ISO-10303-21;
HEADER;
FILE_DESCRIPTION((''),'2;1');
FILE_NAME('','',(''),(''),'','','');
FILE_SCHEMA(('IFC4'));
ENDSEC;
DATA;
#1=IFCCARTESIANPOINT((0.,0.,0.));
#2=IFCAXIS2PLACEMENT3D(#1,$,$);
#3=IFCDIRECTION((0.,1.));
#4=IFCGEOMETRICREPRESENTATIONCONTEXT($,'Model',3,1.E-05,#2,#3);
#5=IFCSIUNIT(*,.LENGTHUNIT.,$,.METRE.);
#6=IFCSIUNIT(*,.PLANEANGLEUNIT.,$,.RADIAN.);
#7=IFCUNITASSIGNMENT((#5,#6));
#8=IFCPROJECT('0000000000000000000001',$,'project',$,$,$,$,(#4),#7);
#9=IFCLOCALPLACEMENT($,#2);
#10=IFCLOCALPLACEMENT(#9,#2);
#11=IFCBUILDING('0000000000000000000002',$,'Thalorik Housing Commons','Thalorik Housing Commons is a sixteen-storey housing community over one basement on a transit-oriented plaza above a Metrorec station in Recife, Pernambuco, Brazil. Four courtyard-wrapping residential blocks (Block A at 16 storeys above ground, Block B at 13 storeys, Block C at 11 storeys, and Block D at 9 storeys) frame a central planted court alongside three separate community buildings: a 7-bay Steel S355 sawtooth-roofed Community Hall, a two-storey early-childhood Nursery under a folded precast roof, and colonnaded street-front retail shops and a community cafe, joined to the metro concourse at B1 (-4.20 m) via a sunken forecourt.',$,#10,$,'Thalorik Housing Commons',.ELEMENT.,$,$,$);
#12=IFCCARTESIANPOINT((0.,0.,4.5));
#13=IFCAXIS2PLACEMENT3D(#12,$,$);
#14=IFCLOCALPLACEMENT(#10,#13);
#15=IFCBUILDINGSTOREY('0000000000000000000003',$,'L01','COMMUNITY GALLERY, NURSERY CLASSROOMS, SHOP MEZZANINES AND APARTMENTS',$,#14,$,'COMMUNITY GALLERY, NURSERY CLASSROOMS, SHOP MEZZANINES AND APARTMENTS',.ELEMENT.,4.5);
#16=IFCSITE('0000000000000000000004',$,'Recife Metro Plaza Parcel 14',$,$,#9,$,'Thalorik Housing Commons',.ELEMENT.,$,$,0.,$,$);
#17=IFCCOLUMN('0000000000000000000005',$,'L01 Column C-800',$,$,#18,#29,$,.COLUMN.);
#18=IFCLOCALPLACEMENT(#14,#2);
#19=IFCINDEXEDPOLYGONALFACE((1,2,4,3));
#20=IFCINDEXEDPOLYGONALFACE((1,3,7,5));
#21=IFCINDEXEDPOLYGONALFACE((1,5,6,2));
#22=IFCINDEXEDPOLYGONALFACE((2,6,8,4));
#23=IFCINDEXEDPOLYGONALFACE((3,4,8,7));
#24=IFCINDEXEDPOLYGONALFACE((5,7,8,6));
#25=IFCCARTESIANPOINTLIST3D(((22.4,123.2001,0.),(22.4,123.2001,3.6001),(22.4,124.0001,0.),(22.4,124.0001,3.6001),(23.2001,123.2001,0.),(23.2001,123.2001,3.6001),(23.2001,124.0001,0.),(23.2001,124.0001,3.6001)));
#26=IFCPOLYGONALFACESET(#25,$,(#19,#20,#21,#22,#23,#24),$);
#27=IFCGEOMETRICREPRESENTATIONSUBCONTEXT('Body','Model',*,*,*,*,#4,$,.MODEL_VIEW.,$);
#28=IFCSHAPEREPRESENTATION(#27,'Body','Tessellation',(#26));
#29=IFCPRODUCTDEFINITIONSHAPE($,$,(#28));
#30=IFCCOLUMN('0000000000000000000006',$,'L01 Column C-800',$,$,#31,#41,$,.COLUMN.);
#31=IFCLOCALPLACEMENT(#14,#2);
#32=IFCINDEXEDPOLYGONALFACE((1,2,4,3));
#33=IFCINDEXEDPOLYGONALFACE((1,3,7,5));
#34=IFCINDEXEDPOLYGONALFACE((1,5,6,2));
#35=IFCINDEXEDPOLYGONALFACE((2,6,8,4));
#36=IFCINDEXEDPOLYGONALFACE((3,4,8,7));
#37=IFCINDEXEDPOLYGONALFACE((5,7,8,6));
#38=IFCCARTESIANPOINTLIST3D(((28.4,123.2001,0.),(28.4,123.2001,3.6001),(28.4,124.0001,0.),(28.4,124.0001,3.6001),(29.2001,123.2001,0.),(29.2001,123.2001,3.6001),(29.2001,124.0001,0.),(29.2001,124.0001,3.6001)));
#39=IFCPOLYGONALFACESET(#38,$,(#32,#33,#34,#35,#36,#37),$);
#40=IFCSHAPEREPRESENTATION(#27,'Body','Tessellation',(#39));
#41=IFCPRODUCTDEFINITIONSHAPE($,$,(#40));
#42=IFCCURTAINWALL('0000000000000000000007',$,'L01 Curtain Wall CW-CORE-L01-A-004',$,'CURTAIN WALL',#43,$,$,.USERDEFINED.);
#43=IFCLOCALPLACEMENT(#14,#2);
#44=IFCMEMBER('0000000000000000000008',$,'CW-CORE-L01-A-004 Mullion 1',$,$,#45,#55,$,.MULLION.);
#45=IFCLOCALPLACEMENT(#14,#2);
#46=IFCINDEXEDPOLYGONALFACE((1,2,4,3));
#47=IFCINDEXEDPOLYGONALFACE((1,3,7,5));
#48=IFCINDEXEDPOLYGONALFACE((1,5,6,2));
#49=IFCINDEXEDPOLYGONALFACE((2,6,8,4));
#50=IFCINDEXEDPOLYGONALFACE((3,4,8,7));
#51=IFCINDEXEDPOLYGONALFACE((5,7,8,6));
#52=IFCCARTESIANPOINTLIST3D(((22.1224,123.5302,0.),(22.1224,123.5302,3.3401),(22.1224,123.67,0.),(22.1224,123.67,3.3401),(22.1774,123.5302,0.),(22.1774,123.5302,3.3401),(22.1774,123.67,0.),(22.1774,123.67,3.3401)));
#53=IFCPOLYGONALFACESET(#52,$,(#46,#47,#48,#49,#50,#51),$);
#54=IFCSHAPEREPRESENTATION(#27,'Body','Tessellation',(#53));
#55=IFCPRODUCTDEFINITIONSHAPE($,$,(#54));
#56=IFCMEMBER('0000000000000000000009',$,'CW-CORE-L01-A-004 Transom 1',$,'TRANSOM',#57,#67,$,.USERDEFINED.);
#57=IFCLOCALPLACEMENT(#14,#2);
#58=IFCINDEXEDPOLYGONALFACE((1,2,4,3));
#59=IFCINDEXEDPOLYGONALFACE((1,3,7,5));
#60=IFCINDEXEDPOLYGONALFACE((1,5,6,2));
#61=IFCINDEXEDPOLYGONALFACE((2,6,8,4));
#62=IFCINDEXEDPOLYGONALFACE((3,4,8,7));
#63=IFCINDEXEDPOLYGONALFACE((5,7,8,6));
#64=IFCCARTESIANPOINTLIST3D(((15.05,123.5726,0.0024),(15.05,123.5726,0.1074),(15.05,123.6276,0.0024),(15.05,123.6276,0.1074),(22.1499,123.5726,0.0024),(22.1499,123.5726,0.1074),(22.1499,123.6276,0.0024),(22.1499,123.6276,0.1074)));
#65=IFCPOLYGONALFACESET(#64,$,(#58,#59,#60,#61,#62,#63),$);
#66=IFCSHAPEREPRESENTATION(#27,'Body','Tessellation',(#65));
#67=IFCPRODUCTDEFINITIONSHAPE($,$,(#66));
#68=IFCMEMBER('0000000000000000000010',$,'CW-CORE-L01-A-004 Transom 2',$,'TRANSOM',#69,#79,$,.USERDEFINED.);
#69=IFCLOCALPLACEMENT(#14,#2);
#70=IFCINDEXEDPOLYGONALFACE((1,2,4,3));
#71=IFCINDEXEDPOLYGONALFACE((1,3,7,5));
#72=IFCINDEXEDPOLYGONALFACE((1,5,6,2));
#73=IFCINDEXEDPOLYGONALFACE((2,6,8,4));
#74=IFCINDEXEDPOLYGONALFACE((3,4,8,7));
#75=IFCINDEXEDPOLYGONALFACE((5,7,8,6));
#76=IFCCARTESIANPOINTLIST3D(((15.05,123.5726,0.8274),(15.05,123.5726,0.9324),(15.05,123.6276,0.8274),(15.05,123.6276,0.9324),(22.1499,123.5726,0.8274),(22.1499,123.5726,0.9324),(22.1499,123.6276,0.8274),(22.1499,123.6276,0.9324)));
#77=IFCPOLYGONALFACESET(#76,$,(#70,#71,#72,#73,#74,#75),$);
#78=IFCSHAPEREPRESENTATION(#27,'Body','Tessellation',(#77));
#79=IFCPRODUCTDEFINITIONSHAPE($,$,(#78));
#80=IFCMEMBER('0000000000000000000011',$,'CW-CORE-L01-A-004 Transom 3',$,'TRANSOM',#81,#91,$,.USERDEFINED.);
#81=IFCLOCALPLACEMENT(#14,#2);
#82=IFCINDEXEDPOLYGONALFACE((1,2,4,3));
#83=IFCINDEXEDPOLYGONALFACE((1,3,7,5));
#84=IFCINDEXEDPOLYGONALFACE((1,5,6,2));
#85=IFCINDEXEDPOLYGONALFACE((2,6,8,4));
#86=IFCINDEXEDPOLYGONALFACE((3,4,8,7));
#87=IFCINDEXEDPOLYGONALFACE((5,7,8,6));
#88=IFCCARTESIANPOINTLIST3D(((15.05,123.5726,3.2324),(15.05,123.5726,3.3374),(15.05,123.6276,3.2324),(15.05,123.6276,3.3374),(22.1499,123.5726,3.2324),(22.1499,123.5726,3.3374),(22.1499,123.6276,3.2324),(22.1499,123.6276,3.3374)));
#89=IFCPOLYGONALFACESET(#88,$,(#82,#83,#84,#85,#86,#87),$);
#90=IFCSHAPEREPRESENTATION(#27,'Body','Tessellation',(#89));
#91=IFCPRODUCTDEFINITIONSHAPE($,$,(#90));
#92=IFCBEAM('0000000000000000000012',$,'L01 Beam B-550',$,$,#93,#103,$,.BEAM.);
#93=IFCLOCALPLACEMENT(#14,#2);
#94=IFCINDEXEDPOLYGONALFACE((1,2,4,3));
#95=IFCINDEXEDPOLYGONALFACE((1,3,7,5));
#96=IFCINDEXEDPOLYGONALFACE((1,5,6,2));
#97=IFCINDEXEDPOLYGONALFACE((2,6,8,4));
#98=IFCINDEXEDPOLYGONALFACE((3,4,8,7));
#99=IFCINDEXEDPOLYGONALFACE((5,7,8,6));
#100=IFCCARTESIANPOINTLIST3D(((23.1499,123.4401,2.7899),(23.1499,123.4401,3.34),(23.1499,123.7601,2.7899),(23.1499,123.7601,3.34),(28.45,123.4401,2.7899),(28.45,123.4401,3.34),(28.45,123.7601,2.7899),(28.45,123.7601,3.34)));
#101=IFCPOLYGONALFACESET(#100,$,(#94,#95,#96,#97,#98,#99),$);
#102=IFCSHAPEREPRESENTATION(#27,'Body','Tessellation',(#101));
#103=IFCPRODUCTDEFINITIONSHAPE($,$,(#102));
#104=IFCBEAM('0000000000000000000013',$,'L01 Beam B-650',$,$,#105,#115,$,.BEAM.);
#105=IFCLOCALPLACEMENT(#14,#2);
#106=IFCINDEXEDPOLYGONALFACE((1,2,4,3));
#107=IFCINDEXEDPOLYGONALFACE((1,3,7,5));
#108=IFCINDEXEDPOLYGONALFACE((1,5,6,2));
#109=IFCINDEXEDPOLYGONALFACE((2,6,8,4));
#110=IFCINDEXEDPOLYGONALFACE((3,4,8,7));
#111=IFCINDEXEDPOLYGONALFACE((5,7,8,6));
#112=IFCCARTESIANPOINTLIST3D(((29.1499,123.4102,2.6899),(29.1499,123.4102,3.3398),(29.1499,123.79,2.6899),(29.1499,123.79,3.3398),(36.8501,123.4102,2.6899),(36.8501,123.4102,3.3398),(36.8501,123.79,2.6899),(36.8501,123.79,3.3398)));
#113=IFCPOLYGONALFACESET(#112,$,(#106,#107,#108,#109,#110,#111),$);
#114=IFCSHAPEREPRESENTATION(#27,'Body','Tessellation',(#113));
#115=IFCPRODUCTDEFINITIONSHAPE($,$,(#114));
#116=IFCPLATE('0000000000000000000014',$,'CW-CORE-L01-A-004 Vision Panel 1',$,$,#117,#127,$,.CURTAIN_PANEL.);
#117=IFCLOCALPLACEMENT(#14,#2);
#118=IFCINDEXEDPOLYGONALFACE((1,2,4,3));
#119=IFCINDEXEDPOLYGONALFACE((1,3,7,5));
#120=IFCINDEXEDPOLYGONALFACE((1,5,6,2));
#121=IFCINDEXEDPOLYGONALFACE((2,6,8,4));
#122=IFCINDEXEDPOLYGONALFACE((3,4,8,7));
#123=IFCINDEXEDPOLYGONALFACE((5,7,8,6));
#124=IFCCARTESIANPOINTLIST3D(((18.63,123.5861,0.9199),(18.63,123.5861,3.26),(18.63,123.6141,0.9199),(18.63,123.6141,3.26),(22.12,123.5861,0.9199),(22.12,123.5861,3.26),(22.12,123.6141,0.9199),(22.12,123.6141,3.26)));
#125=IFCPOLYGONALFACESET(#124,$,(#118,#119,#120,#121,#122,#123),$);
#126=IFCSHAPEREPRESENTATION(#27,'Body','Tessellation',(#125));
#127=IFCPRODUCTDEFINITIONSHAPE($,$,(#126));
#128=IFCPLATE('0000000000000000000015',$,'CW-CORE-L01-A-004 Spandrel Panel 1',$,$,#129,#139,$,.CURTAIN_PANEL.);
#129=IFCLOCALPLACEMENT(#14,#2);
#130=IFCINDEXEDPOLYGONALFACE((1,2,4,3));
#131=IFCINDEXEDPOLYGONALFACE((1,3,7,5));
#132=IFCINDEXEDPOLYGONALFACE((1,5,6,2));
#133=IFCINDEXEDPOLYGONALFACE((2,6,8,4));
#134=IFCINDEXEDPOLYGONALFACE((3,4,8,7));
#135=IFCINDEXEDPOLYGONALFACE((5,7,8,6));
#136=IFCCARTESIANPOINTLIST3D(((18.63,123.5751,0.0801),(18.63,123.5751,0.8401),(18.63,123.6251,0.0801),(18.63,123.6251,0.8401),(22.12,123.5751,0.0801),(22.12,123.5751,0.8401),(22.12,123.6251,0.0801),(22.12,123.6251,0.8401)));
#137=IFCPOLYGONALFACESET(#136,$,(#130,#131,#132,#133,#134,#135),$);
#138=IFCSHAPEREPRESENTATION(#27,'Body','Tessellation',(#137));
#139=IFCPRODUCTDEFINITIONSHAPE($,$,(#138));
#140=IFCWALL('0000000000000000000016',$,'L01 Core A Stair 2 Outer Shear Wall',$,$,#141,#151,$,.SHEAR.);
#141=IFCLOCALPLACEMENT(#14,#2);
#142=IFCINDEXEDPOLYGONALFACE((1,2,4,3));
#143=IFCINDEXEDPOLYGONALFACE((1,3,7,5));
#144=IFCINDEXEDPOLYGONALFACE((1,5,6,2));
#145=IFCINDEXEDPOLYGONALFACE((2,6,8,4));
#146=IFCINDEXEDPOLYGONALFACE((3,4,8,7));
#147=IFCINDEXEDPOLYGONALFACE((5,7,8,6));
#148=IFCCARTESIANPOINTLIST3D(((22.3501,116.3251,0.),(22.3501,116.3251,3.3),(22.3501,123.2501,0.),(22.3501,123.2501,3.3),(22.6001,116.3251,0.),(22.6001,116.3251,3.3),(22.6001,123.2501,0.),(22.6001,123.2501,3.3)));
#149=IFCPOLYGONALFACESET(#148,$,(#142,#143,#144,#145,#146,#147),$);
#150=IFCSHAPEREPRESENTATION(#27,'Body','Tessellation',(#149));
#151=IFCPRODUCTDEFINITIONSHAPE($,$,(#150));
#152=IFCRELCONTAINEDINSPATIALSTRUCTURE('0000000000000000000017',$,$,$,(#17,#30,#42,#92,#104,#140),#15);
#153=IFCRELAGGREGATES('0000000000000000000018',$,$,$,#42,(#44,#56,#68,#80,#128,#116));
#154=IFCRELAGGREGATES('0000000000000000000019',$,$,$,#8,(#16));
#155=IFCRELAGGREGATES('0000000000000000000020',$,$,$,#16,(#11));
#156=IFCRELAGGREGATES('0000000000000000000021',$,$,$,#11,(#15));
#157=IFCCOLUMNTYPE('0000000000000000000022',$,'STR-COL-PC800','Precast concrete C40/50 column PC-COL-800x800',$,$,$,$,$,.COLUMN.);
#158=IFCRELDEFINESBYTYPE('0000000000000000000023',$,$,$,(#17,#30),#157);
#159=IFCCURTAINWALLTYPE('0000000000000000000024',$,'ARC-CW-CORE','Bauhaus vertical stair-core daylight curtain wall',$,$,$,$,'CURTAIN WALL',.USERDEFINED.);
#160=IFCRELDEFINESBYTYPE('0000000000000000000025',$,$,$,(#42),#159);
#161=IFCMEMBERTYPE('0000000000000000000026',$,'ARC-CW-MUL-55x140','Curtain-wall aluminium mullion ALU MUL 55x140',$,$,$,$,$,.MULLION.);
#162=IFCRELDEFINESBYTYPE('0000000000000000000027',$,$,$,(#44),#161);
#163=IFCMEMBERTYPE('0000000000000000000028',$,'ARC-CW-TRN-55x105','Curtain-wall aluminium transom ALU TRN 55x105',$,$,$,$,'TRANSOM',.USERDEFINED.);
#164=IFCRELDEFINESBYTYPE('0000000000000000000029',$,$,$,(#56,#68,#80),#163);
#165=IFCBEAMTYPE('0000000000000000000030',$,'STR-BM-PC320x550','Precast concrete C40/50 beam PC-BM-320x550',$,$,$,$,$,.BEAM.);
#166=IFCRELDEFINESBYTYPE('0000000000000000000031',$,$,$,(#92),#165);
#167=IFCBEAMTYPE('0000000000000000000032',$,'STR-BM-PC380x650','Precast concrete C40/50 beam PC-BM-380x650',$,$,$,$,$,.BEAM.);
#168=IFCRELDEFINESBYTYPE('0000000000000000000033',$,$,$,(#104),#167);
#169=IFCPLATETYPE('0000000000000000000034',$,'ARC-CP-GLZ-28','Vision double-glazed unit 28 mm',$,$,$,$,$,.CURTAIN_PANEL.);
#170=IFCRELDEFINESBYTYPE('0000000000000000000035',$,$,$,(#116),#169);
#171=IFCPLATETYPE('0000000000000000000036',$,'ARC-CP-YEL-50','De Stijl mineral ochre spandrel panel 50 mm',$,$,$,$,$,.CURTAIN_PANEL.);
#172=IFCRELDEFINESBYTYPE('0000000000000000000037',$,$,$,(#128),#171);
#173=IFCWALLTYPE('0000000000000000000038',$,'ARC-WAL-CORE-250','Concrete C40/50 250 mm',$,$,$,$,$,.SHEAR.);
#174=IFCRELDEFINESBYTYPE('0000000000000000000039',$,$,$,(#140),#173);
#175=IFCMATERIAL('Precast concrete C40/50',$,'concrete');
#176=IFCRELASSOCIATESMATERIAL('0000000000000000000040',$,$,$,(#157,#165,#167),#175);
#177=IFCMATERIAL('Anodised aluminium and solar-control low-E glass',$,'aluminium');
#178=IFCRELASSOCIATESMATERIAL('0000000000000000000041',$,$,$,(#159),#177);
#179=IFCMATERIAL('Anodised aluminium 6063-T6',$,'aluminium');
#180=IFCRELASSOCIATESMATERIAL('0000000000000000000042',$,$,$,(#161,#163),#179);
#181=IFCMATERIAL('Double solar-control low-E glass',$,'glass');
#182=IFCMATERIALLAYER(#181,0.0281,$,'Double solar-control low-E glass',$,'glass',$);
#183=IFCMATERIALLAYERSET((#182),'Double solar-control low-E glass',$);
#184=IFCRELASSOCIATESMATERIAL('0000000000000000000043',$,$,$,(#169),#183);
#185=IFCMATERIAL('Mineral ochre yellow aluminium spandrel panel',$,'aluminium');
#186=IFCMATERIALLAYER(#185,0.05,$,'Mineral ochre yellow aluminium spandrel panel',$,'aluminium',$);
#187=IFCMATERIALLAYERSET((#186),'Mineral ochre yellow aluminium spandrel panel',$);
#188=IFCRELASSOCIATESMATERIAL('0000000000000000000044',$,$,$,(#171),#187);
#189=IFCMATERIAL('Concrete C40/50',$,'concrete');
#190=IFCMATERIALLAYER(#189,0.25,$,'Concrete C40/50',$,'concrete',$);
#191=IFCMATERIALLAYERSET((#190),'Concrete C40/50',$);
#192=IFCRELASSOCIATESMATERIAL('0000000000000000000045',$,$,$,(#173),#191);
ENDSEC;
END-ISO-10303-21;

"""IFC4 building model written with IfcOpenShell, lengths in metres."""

from ifc_helpers import new_model, si_unit, direction, frame, frame_2d, origin, origin_2d, place, context, subcontext, project, spatial, rectangle, extrude, material, layer, layer_set, material_profile, profile_set, type_object, element, aggregate, save


model = new_model("IFC4")

# Units and contexts
model_context = context("Model", 3, precision=1e-05, world=origin(), true_north=direction((0.0, 1.0)))
body_context = subcontext(model_context, "Body", "Model", "MODEL_VIEW")
ifc_project = project(units=[si_unit("LENGTHUNIT", "METRE"), si_unit("PLANEANGLEUNIT", "RADIAN")], contexts=[model_context])

# Site, building, storey
site_placement = place(None, origin())
site = spatial("IfcSite", under=ifc_project, at=site_placement, Name="Recife Metro Plaza Parcel 14", LongName="Thalorik Housing Commons", CompositionType="ELEMENT", RefElevation=0.0)
building_placement = place(site_placement, origin())
building = spatial("IfcBuilding", under=site, at=building_placement, Name="Thalorik Housing Commons", Description="Thalorik Housing Commons is a sixteen-storey housing community over one basement on a transit-oriented plaza above a Metrorec station in Recife, Pernambuco, Brazil. Four courtyard-wrapping residential blocks (Block A at 16 storeys above ground, Block B at 13 storeys, Block C at 11 storeys, and Block D at 9 storeys) frame a central planted court alongside three separate community buildings: a 7-bay Steel S355 sawtooth-roofed Community Hall, a two-storey early-childhood Nursery under a folded precast roof, and colonnaded street-front retail shops and a community cafe, joined to the metro concourse at B1 (-4.20 m) via a sunken forecourt.", LongName="Thalorik Housing Commons", CompositionType="ELEMENT")
storey_placement = place(building_placement, frame((0.0, 0.0, 4.5)))
storey = spatial("IfcBuildingStorey", under=building, at=storey_placement, Name="L01", Description="COMMUNITY GALLERY, NURSERY CLASSROOMS, SHOP MEZZANINES AND APARTMENTS", LongName="COMMUNITY GALLERY, NURSERY CLASSROOMS, SHOP MEZZANINES AND APARTMENTS", CompositionType="ELEMENT", Elevation=4.5)

# Columns
ifc_material_1 = material(Name="Precast concrete C40/50", Category="concrete")
ifc_material_profile_1 = material_profile(ifc_material_1, rectangle(XDim=0.8, YDim=0.8, at=origin_2d()), Name="PC 800x800", Category="concrete")
ifc_profile_set_1 = profile_set([ifc_material_profile_1], Name="Precast concrete C40/50")
column_type = type_object("IfcColumnType", Name="STR-COL-PC800", Description="Precast concrete C40/50 column PC-COL-800x800", PredefinedType="COLUMN", material=ifc_profile_set_1)
for number, where, z_axis, x_axis, name in (
    (1, (22.8, 123.6001, 0.0), (0.0, 0.0, 1.0), (1.0, 0.0, 0.0), "L01 Column C-800"),
    (2, (28.8, 123.6001, 0.0), (0.0, 0.0, 1.0), (1.0, 0.0, 0.0), "L01 Column C-800"),
):
    element("IfcColumn", number, at=place(storey_placement, frame(where, z_axis=z_axis, x_axis=x_axis)), inside=storey, type_object=column_type, Name=name, PredefinedType="COLUMN", context=body_context, shape_type="SweptSolid", body=[
        extrude(rectangle(XDim=0.8, YDim=0.8, at=origin_2d()), origin(), (0.0, 0.0, 1.0), 3.6001),
    ])

# Curtain wall, members
ifc_material_2 = material(Name="Anodised aluminium and solar-control low-E glass", Category="aluminium")
curtain_wall_type = type_object("IfcCurtainWallType", Name="ARC-CW-CORE", Description="Bauhaus vertical stair-core daylight curtain wall", ElementType="CURTAIN WALL", PredefinedType="USERDEFINED", material=ifc_material_2)
curtain_wall_placement = place(storey_placement, origin())
curtain_wall = element("IfcCurtainWall", 3, at=curtain_wall_placement, inside=storey, type_object=curtain_wall_type, Name="L01 Curtain Wall CW-CORE-L01-A-004", ObjectType="CURTAIN WALL", PredefinedType="USERDEFINED")
ifc_material_3 = material(Name="Anodised aluminium 6063-T6", Category="aluminium")
ifc_material_profile_2 = material_profile(ifc_material_3, rectangle(XDim=0.0549, YDim=0.1399, at=origin_2d()), Name="ALU MUL 55x140", Category="aluminium")
ifc_profile_set_2 = profile_set([ifc_material_profile_2], Name="Anodised aluminium 6063-T6")
member_type_1 = type_object("IfcMemberType", Name="ARC-CW-MUL-55x140", Description="Curtain-wall aluminium mullion ALU MUL 55x140", PredefinedType="MULLION", material=ifc_profile_set_2)
member_1_placement = place(storey_placement, frame((22.1499, 123.6001, 0.0), z_axis=(0.0, 0.0, 1.0), x_axis=(-1.0, 0.0, 0.0)))
member_1 = element("IfcMember", 4, at=member_1_placement, type_object=member_type_1, Name="CW-CORE-L01-A-004 Mullion 1", PredefinedType="MULLION", context=body_context, shape_type="SweptSolid", body=[
    extrude(rectangle(XDim=0.0549, YDim=0.1399, at=origin_2d()), origin(), (0.0, 0.0, 1.0), 3.3401),
])
ifc_material_profile_3 = material_profile(ifc_material_3, rectangle(XDim=0.0549, YDim=0.105, at=origin_2d()), Name="ALU TRN 55x105", Category="aluminium")
ifc_profile_set_3 = profile_set([ifc_material_profile_3], Name="Anodised aluminium 6063-T6")
member_type_2 = type_object("IfcMemberType", Name="ARC-CW-TRN-55x105", Description="Curtain-wall aluminium transom ALU TRN 55x105", ElementType="TRANSOM", PredefinedType="USERDEFINED", material=ifc_profile_set_3)
member_2_placement = place(storey_placement, frame((22.1499, 123.6001, 0.0549), z_axis=(-1.0, 0.0, 0.0), x_axis=(0.0, -1.0, 0.0)))
member_2 = element("IfcMember", 5, at=member_2_placement, type_object=member_type_2, Name="CW-CORE-L01-A-004 Transom 1", ObjectType="TRANSOM", PredefinedType="USERDEFINED", context=body_context, shape_type="SweptSolid", body=[
    extrude(rectangle(XDim=0.0549, YDim=0.105, at=origin_2d()), origin(), (0.0, 0.0, 1.0), 7.0999),
])
member_3_placement = place(storey_placement, frame((22.1499, 123.6001, 0.8799), z_axis=(-1.0, 0.0, 0.0), x_axis=(0.0, -1.0, 0.0)))
member_3 = element("IfcMember", 6, at=member_3_placement, type_object=member_type_2, Name="CW-CORE-L01-A-004 Transom 2", ObjectType="TRANSOM", PredefinedType="USERDEFINED", context=body_context, shape_type="SweptSolid", body=[
    extrude(rectangle(XDim=0.0549, YDim=0.105, at=origin_2d()), origin(), (0.0, 0.0, 1.0), 7.0999),
])
member_4_placement = place(storey_placement, frame((22.1499, 123.6001, 3.2849), z_axis=(-1.0, 0.0, 0.0), x_axis=(0.0, -1.0, 0.0)))
member_4 = element("IfcMember", 7, at=member_4_placement, type_object=member_type_2, Name="CW-CORE-L01-A-004 Transom 3", ObjectType="TRANSOM", PredefinedType="USERDEFINED", context=body_context, shape_type="SweptSolid", body=[
    extrude(rectangle(XDim=0.0549, YDim=0.105, at=origin_2d()), origin(), (0.0, 0.0, 1.0), 7.0999),
])

# Beams
ifc_material_profile_4 = material_profile(ifc_material_1, rectangle(XDim=0.3201, YDim=0.55, at=origin_2d()), Name="PC 320x550", Category="concrete")
ifc_profile_set_4 = profile_set([ifc_material_profile_4], Name="Precast concrete C40/50")
beam_type_1 = type_object("IfcBeamType", Name="STR-BM-PC320x550", Description="Precast concrete C40/50 beam PC-BM-320x550", PredefinedType="BEAM", material=ifc_profile_set_4)
beam_1_placement = place(storey_placement, frame((23.1499, 123.6001, 3.0649), z_axis=(1.0, 0.0, 0.0), x_axis=(0.0, 1.0, 0.0)))
element("IfcBeam", 8, at=beam_1_placement, inside=storey, type_object=beam_type_1, Name="L01 Beam B-550", PredefinedType="BEAM", context=body_context, shape_type="SweptSolid", body=[
    extrude(rectangle(XDim=0.3201, YDim=0.55, at=origin_2d()), origin(), (0.0, 0.0, 1.0), 5.3),
])
ifc_material_profile_5 = material_profile(ifc_material_1, rectangle(XDim=0.3799, YDim=0.6499, at=origin_2d()), Name="PC 380x650", Category="concrete")
ifc_profile_set_5 = profile_set([ifc_material_profile_5], Name="Precast concrete C40/50")
beam_type_2 = type_object("IfcBeamType", Name="STR-BM-PC380x650", Description="Precast concrete C40/50 beam PC-BM-380x650", PredefinedType="BEAM", material=ifc_profile_set_5)
beam_2_placement = place(storey_placement, frame((29.1499, 123.6001, 3.0149), z_axis=(1.0, 0.0, 0.0), x_axis=(0.0, 1.0, 0.0)))
element("IfcBeam", 9, at=beam_2_placement, inside=storey, type_object=beam_type_2, Name="L01 Beam B-650", PredefinedType="BEAM", context=body_context, shape_type="SweptSolid", body=[
    extrude(rectangle(XDim=0.3799, YDim=0.6499, at=origin_2d()), origin(), (0.0, 0.0, 1.0), 7.7002),
])

# Plates
ifc_material_4 = material(Name="Double solar-control low-E glass", Category="glass")
ifc_layer_1 = layer(ifc_material_4, 0.0281, Name="Double solar-control low-E glass", Category="glass")
ifc_layer_set_1 = layer_set([ifc_layer_1], Name="Double solar-control low-E glass")
plate_type_1 = type_object("IfcPlateType", Name="ARC-CP-GLZ-28", Description="Vision double-glazed unit 28 mm", PredefinedType="CURTAIN_PANEL", material=ifc_layer_set_1)
plate_1_placement = place(storey_placement, frame((20.375, 123.6001, 0.9199), z_axis=(0.0, 0.0, 1.0), x_axis=(-1.0, 0.0, 0.0)))
plate_1 = element("IfcPlate", 10, at=plate_1_placement, type_object=plate_type_1, Name="CW-CORE-L01-A-004 Vision Panel 1", PredefinedType="CURTAIN_PANEL", context=body_context, shape_type="SweptSolid", body=[
    extrude(rectangle(XDim=3.49, YDim=0.0281, at=origin_2d()), origin(), (0.0, 0.0, 1.0), 2.3401),
])
ifc_material_5 = material(Name="Mineral ochre yellow aluminium spandrel panel", Category="aluminium")
ifc_layer_2 = layer(ifc_material_5, 0.05, Name="Mineral ochre yellow aluminium spandrel panel", Category="aluminium")
ifc_layer_set_2 = layer_set([ifc_layer_2], Name="Mineral ochre yellow aluminium spandrel panel")
plate_type_2 = type_object("IfcPlateType", Name="ARC-CP-YEL-50", Description="De Stijl mineral ochre spandrel panel 50 mm", PredefinedType="CURTAIN_PANEL", material=ifc_layer_set_2)
plate_2_placement = place(storey_placement, frame((20.375, 123.6001, 0.0801), z_axis=(0.0, 0.0, 1.0), x_axis=(-1.0, 0.0, 0.0)))
plate_2 = element("IfcPlate", 11, at=plate_2_placement, type_object=plate_type_2, Name="CW-CORE-L01-A-004 Spandrel Panel 1", PredefinedType="CURTAIN_PANEL", context=body_context, shape_type="SweptSolid", body=[
    extrude(rectangle(XDim=3.49, YDim=0.05, at=origin_2d()), origin(), (0.0, 0.0, 1.0), 0.76),
])
aggregate(curtain_wall, [member_1, member_2, member_3, member_4, plate_2, plate_1])

# Wall
ifc_material_6 = material(Name="Concrete C40/50", Category="concrete")
ifc_layer_3 = layer(ifc_material_6, 0.25, Name="Concrete C40/50", Category="concrete")
ifc_layer_set_3 = layer_set([ifc_layer_3], Name="Concrete C40/50")
wall_type_1 = type_object("IfcWallType", Name="ARC-WAL-CORE-250", Description="Concrete C40/50 250 mm", PredefinedType="SHEAR", material=ifc_layer_set_3)
wall_1_placement = place(storey_placement, frame((22.4751, 123.25, 0.0), z_axis=(0.0, 0.0, 1.0), x_axis=(0.0, -1.0, 0.0)))
element("IfcWall", 12, at=wall_1_placement, inside=storey, type_object=wall_type_1, Name="L01 Core A Stair 2 Outer Shear Wall", PredefinedType="SHEAR", context=body_context, shape_type="SweptSolid", body=[
    extrude(rectangle(XDim=6.925, YDim=0.25, at=frame_2d((3.4624, 0.0))), origin(), (0.0, 0.0, 1.0), 3.3),
])

save(model, "model.ifc")
